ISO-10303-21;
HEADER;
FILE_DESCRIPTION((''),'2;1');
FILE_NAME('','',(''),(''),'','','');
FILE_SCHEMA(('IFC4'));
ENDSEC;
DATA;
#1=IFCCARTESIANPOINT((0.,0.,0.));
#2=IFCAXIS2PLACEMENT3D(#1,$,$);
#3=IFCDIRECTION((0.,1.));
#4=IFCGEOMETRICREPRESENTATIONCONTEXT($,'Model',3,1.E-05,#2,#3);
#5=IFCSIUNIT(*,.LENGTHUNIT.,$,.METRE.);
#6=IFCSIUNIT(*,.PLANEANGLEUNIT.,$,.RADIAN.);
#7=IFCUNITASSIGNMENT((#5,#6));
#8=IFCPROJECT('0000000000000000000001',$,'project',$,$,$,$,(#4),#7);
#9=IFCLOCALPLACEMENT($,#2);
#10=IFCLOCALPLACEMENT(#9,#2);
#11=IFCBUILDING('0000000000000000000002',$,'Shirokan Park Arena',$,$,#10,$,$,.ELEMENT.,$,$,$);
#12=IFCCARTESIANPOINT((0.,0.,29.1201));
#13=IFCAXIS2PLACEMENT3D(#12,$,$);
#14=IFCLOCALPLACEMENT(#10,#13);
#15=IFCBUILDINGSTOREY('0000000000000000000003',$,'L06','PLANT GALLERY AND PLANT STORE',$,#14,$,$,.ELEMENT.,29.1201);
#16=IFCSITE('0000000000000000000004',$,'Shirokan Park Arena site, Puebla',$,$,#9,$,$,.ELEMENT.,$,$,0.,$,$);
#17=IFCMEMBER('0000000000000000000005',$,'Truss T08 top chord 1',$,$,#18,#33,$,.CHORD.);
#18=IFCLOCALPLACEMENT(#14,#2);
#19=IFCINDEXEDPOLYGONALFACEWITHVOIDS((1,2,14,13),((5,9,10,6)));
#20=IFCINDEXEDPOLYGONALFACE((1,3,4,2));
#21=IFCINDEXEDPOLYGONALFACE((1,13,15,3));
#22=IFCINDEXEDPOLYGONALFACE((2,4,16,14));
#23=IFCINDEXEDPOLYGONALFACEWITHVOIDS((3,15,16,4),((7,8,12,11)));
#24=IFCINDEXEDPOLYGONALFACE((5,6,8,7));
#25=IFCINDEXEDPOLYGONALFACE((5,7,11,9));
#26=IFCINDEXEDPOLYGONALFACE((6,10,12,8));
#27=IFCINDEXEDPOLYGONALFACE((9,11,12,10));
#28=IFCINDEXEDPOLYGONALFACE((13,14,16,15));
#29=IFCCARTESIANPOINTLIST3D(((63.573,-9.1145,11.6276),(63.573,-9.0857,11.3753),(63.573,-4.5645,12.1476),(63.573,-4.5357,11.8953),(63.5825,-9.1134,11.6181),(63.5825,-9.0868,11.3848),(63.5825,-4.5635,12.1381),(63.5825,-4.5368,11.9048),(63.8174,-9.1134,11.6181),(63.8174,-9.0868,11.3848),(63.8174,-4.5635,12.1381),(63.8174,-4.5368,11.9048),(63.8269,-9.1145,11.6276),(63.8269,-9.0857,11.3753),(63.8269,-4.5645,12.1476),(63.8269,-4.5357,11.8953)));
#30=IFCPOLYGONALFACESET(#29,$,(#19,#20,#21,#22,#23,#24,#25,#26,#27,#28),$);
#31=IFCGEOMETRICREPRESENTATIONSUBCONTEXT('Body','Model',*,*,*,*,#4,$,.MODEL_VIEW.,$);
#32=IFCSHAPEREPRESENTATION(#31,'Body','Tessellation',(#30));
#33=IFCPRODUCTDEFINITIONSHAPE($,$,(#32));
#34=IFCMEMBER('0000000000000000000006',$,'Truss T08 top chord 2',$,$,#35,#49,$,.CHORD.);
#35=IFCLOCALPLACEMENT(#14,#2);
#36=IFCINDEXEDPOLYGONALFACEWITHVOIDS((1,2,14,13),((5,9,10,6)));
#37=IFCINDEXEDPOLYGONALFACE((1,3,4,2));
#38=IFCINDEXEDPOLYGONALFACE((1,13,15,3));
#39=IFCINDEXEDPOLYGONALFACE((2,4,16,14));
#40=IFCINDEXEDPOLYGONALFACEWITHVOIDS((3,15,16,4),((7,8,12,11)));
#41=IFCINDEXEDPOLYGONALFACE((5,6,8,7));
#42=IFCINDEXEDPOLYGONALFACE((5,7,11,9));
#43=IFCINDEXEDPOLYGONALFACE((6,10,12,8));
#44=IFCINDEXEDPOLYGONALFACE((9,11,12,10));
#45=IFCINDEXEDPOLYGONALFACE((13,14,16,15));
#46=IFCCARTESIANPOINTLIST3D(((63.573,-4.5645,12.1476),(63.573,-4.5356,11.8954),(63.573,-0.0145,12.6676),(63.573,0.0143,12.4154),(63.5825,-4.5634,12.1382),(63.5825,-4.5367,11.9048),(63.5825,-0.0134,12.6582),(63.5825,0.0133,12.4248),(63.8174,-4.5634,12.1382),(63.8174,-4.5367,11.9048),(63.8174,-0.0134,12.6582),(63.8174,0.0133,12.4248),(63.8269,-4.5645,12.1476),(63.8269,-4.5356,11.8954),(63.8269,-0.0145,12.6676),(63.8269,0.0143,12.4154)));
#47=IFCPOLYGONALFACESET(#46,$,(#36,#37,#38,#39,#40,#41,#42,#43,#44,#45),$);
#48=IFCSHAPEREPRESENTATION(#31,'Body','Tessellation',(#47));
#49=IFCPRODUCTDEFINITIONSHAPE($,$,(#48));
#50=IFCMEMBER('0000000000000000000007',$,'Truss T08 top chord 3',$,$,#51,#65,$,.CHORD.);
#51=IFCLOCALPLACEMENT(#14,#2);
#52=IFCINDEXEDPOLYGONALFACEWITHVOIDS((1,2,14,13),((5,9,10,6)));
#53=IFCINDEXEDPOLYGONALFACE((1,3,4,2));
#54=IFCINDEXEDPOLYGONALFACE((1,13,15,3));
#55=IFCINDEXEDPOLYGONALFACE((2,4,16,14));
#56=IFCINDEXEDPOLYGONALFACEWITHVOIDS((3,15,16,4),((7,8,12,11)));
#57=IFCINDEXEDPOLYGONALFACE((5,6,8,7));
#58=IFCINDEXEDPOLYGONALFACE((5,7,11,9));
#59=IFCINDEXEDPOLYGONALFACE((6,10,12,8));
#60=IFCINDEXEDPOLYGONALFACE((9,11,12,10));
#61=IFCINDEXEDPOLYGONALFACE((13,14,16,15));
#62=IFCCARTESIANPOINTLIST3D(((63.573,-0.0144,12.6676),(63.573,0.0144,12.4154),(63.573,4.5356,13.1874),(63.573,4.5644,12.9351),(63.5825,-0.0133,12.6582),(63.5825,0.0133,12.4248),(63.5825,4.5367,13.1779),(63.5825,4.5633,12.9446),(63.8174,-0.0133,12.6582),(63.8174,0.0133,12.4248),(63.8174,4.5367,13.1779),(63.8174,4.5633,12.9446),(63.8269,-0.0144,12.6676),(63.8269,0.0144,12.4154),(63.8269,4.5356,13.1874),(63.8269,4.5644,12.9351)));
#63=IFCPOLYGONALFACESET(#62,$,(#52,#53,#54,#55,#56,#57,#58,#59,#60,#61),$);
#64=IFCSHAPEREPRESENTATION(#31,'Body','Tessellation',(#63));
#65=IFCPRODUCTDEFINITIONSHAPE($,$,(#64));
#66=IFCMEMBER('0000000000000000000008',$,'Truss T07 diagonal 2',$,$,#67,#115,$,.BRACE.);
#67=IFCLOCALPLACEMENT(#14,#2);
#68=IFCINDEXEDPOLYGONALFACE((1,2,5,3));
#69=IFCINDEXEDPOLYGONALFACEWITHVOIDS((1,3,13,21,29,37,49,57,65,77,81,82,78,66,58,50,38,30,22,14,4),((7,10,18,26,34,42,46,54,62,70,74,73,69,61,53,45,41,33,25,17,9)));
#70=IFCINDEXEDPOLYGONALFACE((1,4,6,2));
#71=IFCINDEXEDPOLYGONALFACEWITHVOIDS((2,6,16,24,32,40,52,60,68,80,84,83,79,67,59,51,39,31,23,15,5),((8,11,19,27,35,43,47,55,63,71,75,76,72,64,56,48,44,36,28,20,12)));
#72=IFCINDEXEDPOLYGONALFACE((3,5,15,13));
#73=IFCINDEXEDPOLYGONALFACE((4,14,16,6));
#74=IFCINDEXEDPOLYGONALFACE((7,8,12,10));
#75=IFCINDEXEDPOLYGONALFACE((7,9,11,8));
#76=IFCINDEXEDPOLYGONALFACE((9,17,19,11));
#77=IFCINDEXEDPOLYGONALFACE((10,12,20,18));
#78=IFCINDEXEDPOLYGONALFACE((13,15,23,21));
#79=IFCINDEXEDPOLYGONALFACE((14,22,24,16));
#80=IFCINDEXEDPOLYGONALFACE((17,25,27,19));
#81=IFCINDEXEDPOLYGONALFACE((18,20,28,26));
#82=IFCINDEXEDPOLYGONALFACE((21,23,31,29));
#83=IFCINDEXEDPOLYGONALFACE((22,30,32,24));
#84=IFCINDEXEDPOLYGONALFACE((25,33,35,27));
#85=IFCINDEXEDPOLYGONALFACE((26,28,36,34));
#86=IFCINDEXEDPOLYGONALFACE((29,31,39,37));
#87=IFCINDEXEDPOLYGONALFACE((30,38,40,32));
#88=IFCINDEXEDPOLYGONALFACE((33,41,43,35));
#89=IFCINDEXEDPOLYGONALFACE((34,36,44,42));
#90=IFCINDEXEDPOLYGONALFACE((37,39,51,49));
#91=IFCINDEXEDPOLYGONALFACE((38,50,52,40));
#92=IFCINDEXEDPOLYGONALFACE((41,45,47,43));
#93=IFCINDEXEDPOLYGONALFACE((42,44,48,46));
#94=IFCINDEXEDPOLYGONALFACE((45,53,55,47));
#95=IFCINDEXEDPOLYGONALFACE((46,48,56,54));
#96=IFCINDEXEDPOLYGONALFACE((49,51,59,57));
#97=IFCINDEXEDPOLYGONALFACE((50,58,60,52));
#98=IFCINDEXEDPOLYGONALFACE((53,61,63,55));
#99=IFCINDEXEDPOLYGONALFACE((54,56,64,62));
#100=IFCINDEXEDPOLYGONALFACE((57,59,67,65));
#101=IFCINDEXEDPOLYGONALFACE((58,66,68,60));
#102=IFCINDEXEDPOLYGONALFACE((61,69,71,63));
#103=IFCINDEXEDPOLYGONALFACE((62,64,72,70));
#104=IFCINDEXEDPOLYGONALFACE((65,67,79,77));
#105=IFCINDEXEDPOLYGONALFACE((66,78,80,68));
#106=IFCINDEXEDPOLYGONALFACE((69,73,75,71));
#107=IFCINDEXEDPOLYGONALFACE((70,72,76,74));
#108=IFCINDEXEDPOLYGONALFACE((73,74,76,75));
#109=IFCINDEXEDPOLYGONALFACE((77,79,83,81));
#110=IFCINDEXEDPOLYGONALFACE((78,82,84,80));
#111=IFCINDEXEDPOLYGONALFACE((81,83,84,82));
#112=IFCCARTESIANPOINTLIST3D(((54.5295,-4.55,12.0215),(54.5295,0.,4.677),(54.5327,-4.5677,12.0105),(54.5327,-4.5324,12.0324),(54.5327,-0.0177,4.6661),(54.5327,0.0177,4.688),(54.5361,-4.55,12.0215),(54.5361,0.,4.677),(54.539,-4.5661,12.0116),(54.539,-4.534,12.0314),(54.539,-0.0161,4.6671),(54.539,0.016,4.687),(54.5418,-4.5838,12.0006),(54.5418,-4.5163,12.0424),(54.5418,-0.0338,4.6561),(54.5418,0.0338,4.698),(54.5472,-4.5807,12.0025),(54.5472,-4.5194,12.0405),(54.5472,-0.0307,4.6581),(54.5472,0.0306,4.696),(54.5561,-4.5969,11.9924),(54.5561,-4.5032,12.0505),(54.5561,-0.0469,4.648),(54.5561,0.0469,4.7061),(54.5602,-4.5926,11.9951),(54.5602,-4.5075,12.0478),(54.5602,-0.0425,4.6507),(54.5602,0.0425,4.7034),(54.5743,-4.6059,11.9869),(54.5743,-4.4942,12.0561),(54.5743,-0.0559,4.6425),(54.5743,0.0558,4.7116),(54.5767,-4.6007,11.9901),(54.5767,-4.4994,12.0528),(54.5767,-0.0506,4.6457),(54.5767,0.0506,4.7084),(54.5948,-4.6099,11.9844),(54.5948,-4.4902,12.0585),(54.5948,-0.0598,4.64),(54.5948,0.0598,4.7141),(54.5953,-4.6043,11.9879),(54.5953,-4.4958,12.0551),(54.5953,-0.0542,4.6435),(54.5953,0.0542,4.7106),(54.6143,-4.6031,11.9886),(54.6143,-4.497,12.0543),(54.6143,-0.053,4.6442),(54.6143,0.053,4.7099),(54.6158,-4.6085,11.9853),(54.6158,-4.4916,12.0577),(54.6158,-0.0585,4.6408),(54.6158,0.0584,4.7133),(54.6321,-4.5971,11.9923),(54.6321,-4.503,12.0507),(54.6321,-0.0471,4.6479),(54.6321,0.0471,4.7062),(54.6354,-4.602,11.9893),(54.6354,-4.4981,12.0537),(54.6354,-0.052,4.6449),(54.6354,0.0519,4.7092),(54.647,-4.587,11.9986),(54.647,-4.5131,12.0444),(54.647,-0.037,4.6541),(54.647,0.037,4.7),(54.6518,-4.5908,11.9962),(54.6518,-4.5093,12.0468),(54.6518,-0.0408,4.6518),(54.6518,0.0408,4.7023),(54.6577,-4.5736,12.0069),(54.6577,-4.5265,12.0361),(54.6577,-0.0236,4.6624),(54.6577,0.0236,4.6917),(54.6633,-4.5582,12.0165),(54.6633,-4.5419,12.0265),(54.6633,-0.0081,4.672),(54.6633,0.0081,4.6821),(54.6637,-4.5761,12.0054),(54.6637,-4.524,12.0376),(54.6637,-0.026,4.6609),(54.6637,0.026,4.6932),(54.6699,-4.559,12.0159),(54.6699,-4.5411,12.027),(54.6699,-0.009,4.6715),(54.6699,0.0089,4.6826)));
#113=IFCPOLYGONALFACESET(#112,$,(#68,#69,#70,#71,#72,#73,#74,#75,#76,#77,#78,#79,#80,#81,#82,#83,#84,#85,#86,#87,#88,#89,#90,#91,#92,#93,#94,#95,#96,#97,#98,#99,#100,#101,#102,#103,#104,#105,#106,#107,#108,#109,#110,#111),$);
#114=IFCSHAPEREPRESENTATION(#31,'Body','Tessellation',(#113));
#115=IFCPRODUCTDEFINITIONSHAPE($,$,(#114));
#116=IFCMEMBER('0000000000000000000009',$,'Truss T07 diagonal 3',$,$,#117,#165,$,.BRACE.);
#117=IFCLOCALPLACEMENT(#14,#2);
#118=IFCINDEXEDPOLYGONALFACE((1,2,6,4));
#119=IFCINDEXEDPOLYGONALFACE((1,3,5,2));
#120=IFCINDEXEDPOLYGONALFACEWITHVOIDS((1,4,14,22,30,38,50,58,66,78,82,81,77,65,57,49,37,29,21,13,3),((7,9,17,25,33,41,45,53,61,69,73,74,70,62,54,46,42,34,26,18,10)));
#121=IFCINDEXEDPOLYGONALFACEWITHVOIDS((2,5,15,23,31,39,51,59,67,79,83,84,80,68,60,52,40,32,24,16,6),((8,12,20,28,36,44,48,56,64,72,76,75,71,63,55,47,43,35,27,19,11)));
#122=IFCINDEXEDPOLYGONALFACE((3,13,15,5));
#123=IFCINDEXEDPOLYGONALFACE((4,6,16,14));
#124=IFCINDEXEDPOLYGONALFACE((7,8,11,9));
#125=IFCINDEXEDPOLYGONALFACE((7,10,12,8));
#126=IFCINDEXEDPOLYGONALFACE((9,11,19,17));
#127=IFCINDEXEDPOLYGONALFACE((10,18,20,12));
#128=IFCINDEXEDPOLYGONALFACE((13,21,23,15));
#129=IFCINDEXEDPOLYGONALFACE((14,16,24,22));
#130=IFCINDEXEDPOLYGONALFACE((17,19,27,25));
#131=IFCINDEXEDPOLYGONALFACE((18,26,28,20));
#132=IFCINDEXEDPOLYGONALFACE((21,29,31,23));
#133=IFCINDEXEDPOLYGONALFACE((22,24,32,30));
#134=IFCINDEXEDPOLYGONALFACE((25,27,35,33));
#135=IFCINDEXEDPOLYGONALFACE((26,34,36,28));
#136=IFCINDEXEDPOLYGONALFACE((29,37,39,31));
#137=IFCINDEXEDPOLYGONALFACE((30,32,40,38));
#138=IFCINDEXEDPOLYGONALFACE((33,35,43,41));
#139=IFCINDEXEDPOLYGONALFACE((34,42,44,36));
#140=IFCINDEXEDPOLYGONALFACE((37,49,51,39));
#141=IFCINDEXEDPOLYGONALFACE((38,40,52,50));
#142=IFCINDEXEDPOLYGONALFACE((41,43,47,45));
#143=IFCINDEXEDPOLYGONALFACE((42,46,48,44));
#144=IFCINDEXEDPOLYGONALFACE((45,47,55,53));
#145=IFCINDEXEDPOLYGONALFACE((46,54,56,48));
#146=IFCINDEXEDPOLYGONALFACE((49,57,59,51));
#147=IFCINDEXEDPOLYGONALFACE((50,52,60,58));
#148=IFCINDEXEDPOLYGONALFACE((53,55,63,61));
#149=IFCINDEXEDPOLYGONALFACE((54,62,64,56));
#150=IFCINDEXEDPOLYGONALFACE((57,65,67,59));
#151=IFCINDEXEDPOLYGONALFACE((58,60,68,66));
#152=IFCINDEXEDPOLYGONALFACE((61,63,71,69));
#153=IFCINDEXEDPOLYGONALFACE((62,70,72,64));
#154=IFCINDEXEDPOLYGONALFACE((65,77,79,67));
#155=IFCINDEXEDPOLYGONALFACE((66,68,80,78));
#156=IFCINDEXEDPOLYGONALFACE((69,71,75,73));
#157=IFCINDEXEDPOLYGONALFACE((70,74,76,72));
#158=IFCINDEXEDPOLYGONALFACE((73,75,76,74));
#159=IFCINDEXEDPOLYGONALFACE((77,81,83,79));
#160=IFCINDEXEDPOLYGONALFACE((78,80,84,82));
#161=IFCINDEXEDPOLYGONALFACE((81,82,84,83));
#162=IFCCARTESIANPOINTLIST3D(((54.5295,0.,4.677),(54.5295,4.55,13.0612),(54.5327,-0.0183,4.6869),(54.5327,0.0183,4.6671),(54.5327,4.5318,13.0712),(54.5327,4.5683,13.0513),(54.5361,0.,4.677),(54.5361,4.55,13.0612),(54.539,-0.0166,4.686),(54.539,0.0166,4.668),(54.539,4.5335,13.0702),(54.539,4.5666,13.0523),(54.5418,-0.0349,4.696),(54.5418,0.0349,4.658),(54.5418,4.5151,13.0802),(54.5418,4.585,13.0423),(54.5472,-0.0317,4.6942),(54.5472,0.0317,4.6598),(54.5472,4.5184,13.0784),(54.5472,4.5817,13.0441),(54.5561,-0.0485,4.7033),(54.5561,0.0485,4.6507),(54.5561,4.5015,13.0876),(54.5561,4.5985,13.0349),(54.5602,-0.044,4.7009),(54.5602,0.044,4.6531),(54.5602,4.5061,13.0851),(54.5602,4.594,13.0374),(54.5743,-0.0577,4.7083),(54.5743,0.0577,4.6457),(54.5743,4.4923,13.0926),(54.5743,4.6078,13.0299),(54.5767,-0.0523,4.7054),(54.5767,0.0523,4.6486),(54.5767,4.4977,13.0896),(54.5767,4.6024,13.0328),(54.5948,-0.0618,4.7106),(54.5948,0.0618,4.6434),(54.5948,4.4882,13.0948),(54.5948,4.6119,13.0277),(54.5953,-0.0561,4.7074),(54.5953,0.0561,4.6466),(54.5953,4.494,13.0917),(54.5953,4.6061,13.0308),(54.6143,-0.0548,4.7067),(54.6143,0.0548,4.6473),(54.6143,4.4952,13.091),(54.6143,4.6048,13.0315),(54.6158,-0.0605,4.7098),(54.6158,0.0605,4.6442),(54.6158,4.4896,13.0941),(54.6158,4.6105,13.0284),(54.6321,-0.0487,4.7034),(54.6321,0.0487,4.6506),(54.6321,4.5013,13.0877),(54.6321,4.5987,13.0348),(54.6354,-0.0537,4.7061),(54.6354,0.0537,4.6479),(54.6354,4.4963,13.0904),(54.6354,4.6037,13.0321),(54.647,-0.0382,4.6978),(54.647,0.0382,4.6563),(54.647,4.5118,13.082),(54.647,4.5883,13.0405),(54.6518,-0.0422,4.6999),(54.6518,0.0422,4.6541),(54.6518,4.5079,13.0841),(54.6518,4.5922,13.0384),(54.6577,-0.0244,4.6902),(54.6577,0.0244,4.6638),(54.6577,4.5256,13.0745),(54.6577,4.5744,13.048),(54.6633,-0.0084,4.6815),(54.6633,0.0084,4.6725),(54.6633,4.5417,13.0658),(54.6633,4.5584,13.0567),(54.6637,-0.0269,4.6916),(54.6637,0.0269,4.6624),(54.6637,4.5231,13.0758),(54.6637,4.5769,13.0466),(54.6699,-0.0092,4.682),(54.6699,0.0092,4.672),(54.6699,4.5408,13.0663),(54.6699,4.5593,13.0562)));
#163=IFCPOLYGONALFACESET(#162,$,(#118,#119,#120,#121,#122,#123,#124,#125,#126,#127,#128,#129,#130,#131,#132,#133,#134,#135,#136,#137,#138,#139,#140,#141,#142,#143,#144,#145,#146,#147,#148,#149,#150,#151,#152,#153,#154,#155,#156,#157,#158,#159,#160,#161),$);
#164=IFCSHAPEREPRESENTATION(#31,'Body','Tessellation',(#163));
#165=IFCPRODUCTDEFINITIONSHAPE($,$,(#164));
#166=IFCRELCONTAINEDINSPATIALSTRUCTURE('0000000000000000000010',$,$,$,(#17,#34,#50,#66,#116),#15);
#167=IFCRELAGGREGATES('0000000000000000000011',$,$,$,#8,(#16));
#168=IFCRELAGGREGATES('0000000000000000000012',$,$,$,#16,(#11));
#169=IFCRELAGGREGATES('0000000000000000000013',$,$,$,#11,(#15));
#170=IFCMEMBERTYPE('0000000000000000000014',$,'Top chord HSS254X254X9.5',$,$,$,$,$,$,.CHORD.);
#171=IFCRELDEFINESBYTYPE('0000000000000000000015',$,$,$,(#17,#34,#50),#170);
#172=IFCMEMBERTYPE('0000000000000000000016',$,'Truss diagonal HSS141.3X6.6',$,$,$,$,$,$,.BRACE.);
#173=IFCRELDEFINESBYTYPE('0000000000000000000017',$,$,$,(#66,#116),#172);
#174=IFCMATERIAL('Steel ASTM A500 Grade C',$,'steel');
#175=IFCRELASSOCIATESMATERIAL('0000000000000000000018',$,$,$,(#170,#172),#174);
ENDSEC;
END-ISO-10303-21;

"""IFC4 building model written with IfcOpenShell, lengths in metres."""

from ifc_helpers import new_model, si_unit, direction, frame, origin, origin_2d, place, context, subcontext, project, spatial, hollow_rectangle, hollow_circle, extrude, material, material_profile, profile_set, type_object, element, save


model = new_model("IFC4")

# Units and contexts
model_context = context("Model", 3, precision=1e-05, world=origin(), true_north=direction((0.0, 1.0)))
body_context = subcontext(model_context, "Body", "Model", "MODEL_VIEW")
ifc_project = project(units=[si_unit("LENGTHUNIT", "METRE"), si_unit("PLANEANGLEUNIT", "RADIAN")], contexts=[model_context])

# Site, building, storey
site_placement = place(None, origin())
site = spatial("IfcSite", under=ifc_project, at=site_placement, Name="Shirokan Park Arena site, Puebla", CompositionType="ELEMENT", RefElevation=0.0)
building_placement = place(site_placement, origin())
building = spatial("IfcBuilding", under=site, at=building_placement, Name="Shirokan Park Arena", CompositionType="ELEMENT")
storey_placement = place(building_placement, frame((0.0, 0.0, 29.1201)))
storey = spatial("IfcBuildingStorey", under=building, at=storey_placement, Name="L06", Description="PLANT GALLERY AND PLANT STORE", CompositionType="ELEMENT", Elevation=29.1201)

# Shared definitions
ifc_material_1 = material(Name="Steel ASTM A500 Grade C", Category="steel")

# Members
ifc_material_profile_1 = material_profile(ifc_material_1, hollow_rectangle(XDim=0.2539, YDim=0.2539, WallThickness=0.0095, at=origin_2d()), Name="HSS254X254X9.5")
ifc_profile_set_1 = profile_set([ifc_material_profile_1], Name="Steel ASTM A500 Grade C")
member_type_1 = type_object("IfcMemberType", Name="Top chord HSS254X254X9.5", PredefinedType="CHORD", material=ifc_profile_set_1)
for number, where, z_axis, x_axis, name in (
    (1, (63.7, -9.1001, 11.5015), (0.0, 0.993532, 0.11355), (-1.0, 0.0, 0.0), "Truss T08 top chord 1"),
    (2, (63.7, -4.55, 12.0215), (0.0, 0.993532, 0.11355), (-1.0, 0.0, 0.0), "Truss T08 top chord 2"),
    (3, (63.7, 0.0, 12.5415), (0.0, 0.993538, 0.113497), (-1.0, 0.0, 0.0), "Truss T08 top chord 3"),
):
    element("IfcMember", number, at=place(storey_placement, frame(where, z_axis=z_axis, x_axis=x_axis)), inside=storey, type_object=member_type_1, Name=name, PredefinedType="CHORD", context=body_context, shape_type="SweptSolid", body=[
        extrude(hollow_rectangle(XDim=0.2539, YDim=0.2539, WallThickness=0.0095, at=origin_2d()), origin(), (0.0, 0.0, 1.0), 4.5796),
    ])
ifc_material_profile_2 = material_profile(ifc_material_1, hollow_circle(Radius=0.0706, WallThickness=0.0066, at=origin_2d()), Name="HSS141.3X6.6")
ifc_profile_set_2 = profile_set([ifc_material_profile_2], Name="Steel ASTM A500 Grade C")
member_type_2 = type_object("IfcMemberType", Name="Truss diagonal HSS141.3X6.6", PredefinedType="BRACE", material=ifc_profile_set_2)
member_1_placement = place(storey_placement, frame((54.6001, -4.55, 12.0215), z_axis=(0.0, 0.526644, -0.850086), x_axis=(-1.0, 0.0, 0.0)))
element("IfcMember", 4, at=member_1_placement, inside=storey, type_object=member_type_2, Name="Truss T07 diagonal 2", PredefinedType="BRACE", context=body_context, shape_type="SweptSolid", body=[
    extrude(hollow_circle(Radius=0.0706, WallThickness=0.0066, at=origin_2d()), origin(), (0.0, 0.0, 1.0), 8.6396),
])
member_2_placement = place(storey_placement, frame((54.6001, 0.0, 4.677), z_axis=(0.0, 0.476977, 0.878916), x_axis=(-1.0, 0.0, 0.0)))
element("IfcMember", 5, at=member_2_placement, inside=storey, type_object=member_type_2, Name="Truss T07 diagonal 3", PredefinedType="BRACE", context=body_context, shape_type="SweptSolid", body=[
    extrude(hollow_circle(Radius=0.0706, WallThickness=0.0066, at=origin_2d()), origin(), (0.0, 0.0, 1.0), 9.5393),
])

save(model, "model.ifc")
